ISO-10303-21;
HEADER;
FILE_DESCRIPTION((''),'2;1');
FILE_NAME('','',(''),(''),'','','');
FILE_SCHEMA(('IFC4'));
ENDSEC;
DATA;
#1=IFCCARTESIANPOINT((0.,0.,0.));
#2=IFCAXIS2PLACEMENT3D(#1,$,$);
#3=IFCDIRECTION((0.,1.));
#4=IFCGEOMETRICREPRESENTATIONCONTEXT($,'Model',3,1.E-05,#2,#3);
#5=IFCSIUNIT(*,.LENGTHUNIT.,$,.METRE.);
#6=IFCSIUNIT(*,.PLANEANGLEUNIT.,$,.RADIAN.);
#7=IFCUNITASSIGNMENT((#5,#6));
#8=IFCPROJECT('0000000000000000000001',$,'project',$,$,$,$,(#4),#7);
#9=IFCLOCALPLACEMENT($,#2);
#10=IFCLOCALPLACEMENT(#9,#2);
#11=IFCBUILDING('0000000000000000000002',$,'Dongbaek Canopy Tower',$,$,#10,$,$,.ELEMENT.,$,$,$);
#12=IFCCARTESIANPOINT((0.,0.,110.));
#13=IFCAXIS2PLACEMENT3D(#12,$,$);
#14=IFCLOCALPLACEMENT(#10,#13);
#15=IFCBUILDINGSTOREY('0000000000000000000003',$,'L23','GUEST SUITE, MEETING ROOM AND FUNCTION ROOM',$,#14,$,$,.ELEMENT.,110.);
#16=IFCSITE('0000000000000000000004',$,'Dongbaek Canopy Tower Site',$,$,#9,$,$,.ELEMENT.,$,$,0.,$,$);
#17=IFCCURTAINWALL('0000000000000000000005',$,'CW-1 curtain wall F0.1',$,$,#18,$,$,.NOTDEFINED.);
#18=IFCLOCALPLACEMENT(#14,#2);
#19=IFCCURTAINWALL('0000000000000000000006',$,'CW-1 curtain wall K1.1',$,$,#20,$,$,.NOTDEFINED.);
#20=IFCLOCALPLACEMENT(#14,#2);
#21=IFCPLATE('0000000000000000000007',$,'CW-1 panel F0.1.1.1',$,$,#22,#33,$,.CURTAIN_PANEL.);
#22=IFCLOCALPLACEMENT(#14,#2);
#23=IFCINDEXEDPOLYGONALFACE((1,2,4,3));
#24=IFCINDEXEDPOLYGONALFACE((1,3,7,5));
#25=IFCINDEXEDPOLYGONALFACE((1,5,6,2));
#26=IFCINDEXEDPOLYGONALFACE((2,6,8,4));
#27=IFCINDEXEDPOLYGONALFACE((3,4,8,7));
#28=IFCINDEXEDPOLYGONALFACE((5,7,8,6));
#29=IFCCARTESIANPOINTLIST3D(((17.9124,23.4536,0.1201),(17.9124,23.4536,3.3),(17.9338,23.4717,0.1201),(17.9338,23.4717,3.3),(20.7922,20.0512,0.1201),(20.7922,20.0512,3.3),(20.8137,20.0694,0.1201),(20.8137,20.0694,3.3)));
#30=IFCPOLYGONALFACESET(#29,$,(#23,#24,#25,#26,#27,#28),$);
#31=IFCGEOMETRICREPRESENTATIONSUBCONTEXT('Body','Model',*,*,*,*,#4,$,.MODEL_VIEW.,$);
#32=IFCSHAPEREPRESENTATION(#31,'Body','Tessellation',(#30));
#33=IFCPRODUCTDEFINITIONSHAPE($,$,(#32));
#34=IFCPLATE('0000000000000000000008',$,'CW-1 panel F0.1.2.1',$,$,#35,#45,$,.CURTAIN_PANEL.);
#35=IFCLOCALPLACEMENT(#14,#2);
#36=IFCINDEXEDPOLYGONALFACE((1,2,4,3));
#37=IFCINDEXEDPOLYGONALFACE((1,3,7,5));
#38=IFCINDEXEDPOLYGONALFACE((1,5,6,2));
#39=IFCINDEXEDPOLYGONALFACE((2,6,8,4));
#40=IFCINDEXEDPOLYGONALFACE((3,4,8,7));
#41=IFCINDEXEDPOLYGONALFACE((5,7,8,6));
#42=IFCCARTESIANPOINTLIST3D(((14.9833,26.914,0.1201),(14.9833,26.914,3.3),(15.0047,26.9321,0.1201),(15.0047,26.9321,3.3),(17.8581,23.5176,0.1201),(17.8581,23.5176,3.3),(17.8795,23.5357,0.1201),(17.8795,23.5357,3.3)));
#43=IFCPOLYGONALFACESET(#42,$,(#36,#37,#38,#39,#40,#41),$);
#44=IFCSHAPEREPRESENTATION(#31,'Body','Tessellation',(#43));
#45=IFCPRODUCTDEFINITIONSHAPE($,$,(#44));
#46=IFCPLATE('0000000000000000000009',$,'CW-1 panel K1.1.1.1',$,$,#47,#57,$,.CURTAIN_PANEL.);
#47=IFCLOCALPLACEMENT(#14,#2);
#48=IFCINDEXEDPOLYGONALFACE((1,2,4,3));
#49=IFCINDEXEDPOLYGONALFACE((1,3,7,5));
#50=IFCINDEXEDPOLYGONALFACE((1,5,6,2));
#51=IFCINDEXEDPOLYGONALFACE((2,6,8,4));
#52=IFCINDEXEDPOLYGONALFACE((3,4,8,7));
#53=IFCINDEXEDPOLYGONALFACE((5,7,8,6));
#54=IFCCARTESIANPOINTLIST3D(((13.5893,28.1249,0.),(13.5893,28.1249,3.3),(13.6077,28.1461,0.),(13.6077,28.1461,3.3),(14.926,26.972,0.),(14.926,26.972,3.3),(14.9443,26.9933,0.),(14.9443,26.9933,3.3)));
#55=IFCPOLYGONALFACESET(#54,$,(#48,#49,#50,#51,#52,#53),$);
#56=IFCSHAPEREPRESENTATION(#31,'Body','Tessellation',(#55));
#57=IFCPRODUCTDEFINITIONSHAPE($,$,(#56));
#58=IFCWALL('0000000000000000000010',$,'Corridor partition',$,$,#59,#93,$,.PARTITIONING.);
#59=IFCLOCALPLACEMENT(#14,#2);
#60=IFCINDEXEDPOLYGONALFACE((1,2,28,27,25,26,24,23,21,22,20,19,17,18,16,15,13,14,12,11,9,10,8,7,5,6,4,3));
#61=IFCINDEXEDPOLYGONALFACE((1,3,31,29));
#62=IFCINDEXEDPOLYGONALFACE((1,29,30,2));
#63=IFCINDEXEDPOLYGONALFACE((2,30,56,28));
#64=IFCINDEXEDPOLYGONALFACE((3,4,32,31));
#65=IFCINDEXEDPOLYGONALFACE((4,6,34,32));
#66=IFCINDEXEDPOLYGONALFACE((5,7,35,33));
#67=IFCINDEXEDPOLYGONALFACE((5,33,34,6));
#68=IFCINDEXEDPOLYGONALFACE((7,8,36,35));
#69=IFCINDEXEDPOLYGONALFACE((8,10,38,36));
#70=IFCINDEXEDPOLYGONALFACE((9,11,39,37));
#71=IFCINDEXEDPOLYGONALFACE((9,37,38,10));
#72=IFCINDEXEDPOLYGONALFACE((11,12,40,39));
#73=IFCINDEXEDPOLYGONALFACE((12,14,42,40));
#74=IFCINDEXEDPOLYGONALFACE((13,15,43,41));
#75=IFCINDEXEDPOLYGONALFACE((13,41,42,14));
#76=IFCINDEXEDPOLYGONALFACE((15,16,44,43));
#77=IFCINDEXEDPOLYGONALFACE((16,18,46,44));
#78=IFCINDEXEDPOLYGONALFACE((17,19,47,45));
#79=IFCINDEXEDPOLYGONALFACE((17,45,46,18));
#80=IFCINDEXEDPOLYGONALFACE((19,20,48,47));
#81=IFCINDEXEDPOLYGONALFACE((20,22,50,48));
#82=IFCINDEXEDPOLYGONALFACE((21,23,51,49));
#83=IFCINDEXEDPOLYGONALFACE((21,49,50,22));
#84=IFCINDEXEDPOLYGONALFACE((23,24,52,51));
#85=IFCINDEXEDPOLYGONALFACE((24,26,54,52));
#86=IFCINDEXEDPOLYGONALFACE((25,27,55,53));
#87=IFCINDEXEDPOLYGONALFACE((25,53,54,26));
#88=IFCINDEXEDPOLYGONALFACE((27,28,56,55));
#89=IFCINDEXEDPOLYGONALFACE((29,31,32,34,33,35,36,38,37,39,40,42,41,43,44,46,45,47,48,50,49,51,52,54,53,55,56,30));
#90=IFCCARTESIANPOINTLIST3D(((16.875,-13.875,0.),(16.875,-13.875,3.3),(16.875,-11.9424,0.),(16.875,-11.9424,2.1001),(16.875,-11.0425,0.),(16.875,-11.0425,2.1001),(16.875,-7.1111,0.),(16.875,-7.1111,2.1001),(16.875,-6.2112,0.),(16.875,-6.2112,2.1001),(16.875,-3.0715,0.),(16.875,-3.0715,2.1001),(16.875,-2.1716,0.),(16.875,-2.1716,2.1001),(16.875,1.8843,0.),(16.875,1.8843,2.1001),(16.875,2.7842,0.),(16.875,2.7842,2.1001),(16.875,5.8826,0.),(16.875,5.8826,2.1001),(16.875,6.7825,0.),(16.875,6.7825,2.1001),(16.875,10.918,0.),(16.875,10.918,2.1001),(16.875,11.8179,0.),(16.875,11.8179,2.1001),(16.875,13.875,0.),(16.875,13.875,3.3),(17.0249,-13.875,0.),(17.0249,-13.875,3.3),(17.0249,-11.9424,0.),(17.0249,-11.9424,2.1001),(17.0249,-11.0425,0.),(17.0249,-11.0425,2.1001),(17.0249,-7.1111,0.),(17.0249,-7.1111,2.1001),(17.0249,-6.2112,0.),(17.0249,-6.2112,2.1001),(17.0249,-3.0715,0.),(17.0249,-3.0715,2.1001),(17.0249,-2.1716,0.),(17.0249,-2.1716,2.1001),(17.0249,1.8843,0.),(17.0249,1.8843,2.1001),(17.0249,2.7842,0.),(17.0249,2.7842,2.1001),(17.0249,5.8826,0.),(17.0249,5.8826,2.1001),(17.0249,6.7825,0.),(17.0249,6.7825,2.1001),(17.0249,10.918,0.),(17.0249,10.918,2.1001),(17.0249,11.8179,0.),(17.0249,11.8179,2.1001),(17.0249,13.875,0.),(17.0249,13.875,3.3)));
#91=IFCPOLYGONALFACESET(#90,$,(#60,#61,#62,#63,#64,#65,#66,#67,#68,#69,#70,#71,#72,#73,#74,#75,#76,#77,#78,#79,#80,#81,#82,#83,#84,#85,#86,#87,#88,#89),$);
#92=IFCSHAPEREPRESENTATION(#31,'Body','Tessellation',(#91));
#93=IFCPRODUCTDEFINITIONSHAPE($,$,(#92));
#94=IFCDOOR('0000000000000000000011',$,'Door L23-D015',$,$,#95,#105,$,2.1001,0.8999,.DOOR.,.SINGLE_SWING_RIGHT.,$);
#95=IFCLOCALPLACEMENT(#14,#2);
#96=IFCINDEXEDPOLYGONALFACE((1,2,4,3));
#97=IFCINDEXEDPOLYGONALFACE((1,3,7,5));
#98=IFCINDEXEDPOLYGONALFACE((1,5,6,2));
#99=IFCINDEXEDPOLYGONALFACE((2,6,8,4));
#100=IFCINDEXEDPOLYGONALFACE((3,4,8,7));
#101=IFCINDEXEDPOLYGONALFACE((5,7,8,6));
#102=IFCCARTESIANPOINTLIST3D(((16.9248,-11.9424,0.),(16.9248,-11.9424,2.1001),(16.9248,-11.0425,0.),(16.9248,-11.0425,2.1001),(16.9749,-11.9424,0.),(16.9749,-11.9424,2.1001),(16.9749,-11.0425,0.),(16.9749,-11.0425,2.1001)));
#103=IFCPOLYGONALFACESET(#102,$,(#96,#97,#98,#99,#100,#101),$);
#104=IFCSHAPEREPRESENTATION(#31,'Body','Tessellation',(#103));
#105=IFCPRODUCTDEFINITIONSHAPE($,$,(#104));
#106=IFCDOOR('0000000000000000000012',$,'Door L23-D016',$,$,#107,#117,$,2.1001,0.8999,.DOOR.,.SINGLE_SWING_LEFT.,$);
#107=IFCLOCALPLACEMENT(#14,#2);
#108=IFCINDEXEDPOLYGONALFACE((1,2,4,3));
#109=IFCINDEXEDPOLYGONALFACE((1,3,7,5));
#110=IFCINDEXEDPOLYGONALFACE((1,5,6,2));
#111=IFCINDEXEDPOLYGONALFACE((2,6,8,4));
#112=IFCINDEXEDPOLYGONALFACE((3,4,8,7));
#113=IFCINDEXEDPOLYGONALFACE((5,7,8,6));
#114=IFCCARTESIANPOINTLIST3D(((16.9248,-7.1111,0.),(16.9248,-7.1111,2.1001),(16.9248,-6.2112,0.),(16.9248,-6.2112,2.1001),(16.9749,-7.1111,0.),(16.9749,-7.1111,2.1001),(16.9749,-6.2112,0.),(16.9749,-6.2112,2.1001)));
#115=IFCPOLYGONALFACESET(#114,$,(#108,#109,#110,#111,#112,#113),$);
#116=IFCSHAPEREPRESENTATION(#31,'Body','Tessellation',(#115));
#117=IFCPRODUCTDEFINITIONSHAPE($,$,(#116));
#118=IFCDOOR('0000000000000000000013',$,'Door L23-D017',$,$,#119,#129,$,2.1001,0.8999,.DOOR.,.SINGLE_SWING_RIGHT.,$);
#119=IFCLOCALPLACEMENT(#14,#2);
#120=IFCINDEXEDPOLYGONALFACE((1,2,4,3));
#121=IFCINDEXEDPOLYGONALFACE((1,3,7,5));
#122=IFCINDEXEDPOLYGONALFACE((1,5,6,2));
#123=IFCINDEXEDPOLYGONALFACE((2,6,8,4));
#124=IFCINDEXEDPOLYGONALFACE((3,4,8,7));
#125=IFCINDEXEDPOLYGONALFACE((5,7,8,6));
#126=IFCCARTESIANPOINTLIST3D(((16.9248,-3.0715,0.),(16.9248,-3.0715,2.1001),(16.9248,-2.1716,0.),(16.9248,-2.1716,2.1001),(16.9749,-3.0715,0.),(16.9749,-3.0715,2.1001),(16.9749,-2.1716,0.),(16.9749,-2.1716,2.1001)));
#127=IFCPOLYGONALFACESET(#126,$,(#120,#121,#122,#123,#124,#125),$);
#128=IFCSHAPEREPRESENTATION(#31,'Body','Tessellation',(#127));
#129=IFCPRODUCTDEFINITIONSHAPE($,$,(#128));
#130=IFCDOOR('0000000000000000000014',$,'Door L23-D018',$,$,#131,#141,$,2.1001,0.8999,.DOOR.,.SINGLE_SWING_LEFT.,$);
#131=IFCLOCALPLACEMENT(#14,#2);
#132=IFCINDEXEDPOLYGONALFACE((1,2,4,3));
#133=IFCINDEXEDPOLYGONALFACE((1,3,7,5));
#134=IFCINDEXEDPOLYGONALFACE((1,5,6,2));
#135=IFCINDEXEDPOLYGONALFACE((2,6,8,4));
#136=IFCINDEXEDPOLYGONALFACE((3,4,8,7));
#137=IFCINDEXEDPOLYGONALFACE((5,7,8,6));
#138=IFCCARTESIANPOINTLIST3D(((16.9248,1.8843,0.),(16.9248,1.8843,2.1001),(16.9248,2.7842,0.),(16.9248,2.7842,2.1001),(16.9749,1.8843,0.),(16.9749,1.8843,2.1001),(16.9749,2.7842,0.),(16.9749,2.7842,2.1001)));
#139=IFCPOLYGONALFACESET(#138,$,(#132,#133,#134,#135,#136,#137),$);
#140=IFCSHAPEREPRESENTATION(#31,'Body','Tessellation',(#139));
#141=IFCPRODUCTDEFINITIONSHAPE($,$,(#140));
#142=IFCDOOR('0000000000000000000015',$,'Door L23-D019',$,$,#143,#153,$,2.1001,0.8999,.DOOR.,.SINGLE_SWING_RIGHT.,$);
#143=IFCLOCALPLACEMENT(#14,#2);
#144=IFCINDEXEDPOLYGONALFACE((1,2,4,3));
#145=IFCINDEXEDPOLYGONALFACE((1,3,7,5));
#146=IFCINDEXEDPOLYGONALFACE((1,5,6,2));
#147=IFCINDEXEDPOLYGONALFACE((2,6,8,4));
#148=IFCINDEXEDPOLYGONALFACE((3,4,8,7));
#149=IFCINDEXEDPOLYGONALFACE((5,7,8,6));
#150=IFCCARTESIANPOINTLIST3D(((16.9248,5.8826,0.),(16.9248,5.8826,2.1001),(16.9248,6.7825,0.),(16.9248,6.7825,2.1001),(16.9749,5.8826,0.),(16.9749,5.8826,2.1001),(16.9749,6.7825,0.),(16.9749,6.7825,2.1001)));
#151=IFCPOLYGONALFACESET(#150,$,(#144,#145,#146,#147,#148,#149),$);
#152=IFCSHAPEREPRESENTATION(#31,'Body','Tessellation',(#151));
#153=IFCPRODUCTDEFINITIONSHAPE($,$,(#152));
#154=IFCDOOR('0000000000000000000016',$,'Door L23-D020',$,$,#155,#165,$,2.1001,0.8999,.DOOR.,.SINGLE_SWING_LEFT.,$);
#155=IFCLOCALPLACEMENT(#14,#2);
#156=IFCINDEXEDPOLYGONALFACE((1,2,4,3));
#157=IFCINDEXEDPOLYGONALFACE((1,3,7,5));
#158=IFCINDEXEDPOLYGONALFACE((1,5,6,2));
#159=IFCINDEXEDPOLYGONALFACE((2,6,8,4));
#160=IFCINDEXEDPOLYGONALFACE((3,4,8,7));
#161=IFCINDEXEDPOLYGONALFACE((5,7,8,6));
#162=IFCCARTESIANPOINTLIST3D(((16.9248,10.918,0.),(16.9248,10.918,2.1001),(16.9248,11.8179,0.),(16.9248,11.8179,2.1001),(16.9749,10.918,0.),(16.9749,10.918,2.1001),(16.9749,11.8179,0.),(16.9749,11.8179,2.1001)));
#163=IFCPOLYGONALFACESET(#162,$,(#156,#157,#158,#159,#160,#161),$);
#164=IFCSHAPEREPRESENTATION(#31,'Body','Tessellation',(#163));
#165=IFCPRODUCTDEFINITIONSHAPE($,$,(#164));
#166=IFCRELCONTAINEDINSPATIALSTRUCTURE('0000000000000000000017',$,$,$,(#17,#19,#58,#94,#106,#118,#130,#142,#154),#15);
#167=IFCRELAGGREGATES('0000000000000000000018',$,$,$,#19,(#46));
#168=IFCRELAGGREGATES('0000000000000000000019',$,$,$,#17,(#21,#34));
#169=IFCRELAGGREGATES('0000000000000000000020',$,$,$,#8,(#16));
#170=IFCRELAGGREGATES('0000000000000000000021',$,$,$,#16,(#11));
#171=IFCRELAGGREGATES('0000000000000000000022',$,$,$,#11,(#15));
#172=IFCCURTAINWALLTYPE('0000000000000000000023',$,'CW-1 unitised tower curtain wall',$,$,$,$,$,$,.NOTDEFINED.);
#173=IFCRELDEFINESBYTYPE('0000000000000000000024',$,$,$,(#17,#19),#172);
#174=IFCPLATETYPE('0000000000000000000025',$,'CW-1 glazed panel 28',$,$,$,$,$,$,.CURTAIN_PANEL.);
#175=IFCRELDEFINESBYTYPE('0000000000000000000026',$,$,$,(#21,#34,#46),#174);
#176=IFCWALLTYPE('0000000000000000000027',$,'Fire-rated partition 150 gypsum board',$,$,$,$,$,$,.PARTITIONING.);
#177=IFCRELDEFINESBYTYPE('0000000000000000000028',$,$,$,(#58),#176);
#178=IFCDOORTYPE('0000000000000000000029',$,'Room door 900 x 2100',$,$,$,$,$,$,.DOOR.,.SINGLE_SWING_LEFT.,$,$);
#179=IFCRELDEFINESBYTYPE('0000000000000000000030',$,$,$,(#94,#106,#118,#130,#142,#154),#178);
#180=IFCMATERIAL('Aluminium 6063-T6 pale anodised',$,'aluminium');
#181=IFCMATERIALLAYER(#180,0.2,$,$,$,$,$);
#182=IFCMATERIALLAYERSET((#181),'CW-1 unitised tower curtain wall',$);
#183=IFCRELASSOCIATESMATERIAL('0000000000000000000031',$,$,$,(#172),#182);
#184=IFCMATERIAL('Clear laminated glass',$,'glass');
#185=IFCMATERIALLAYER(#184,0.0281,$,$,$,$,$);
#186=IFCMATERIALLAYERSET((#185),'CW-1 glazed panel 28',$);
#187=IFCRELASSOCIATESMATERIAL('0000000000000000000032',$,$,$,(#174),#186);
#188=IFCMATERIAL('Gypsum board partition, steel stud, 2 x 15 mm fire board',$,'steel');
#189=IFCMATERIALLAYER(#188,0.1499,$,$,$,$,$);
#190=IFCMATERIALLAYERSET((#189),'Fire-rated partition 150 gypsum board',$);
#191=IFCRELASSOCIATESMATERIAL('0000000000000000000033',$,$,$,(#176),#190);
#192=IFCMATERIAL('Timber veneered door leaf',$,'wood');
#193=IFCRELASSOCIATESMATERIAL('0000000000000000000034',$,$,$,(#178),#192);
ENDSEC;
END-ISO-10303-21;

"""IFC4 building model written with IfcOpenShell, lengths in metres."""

from ifc_helpers import new_model, si_unit, direction, frame, frame_2d, origin, origin_2d, place, context, subcontext, project, spatial, rectangle, extrude, material, layer, layer_set, type_object, element, fill, aggregate, save


model = new_model("IFC4")

# Units and contexts
model_context = context("Model", 3, precision=1e-05, world=origin(), true_north=direction((0.0, 1.0)))
body_context = subcontext(model_context, "Body", "Model", "MODEL_VIEW")
ifc_project = project(units=[si_unit("LENGTHUNIT", "METRE"), si_unit("PLANEANGLEUNIT", "RADIAN")], contexts=[model_context])

# Site, building, storey
site_placement = place(None, origin())
site = spatial("IfcSite", under=ifc_project, at=site_placement, Name="Dongbaek Canopy Tower Site", CompositionType="ELEMENT", RefElevation=0.0)
building_placement = place(site_placement, origin())
building = spatial("IfcBuilding", under=site, at=building_placement, Name="Dongbaek Canopy Tower", CompositionType="ELEMENT")
storey_placement = place(building_placement, frame((0.0, 0.0, 110.0)))
storey = spatial("IfcBuildingStorey", under=building, at=storey_placement, Name="L23", Description="GUEST SUITE, MEETING ROOM AND FUNCTION ROOM", CompositionType="ELEMENT", Elevation=110.0)

# Curtain wall
ifc_material_1 = material(Name="Aluminium 6063-T6 pale anodised", Category="aluminium")
ifc_layer_1 = layer(ifc_material_1, 0.2)
ifc_layer_set_1 = layer_set([ifc_layer_1], Name="CW-1 unitised tower curtain wall")
curtain_wall_type = type_object("IfcCurtainWallType", Name="CW-1 unitised tower curtain wall", PredefinedType="NOTDEFINED", material=ifc_layer_set_1)
curtain_wall_1_placement = place(storey_placement, origin())
curtain_wall_1 = element("IfcCurtainWall", 1, at=curtain_wall_1_placement, inside=storey, type_object=curtain_wall_type, Name="CW-1 curtain wall F0.1", PredefinedType="NOTDEFINED")

# Curtain wall
curtain_wall_2_placement = place(storey_placement, origin())
curtain_wall_2 = element("IfcCurtainWall", 2, at=curtain_wall_2_placement, inside=storey, type_object=curtain_wall_type, Name="CW-1 curtain wall K1.1", PredefinedType="NOTDEFINED")

# Plates
ifc_material_2 = material(Name="Clear laminated glass", Category="glass")
ifc_layer_2 = layer(ifc_material_2, 0.0281)
ifc_layer_set_2 = layer_set([ifc_layer_2], Name="CW-1 glazed panel 28")
plate_type = type_object("IfcPlateType", Name="CW-1 glazed panel 28", PredefinedType="CURTAIN_PANEL", material=ifc_layer_set_2)
plate_1_placement = place(storey_placement, frame((19.363, 21.7615, 0.1201), z_axis=(0.0, 0.0, 1.0), x_axis=(-0.646056, 0.76329, 0.0)))
plate_1 = element("IfcPlate", 3, at=plate_1_placement, type_object=plate_type, Name="CW-1 panel F0.1.1.1", PredefinedType="CURTAIN_PANEL", context=body_context, shape_type="SweptSolid", body=[
    extrude(rectangle(XDim=4.4575, YDim=0.0281, at=origin_2d()), origin(), (0.0, 0.0, 1.0), 3.1799),
])
plate_2_placement = place(storey_placement, frame((16.4314, 25.2249, 0.1201), z_axis=(0.0, 0.0, 1.0), x_axis=(-0.646056, 0.76329, 0.0)))
plate_2 = element("IfcPlate", 4, at=plate_2_placement, type_object=plate_type, Name="CW-1 panel F0.1.2.1", PredefinedType="CURTAIN_PANEL", context=body_context, shape_type="SweptSolid", body=[
    extrude(rectangle(XDim=4.4497, YDim=0.0281, at=origin_2d()), origin(), (0.0, 0.0, 1.0), 3.1799),
])
plate_3_placement = place(storey_placement, frame((14.2668, 27.5591, 0.0), z_axis=(0.0, 0.0, 1.0), x_axis=(-0.757258, 0.653115, 0.0)))
plate_3 = element("IfcPlate", 5, at=plate_3_placement, type_object=plate_type, Name="CW-1 panel K1.1.1.1", PredefinedType="CURTAIN_PANEL", context=body_context, shape_type="SweptSolid", body=[
    extrude(rectangle(XDim=1.7651, YDim=0.0281, at=origin_2d()), origin(), (0.0, 0.0, 1.0), 3.3),
])
aggregate(curtain_wall_2, [plate_3])

# Wall, openings, doors
ifc_material_3 = material(Name="Gypsum board partition, steel stud, 2 x 15 mm fire board", Category="steel")
ifc_layer_3 = layer(ifc_material_3, 0.1499)
ifc_layer_set_3 = layer_set([ifc_layer_3], Name="Fire-rated partition 150 gypsum board")
wall_type_1 = type_object("IfcWallType", Name="Fire-rated partition 150 gypsum board", PredefinedType="PARTITIONING", material=ifc_layer_set_3)
wall_1_placement = place(storey_placement, frame((16.95, 13.875, 0.0), z_axis=(0.0, 0.0, 1.0), x_axis=(0.0, -1.0, 0.0)))
wall_1 = element("IfcWall", 6, at=wall_1_placement, inside=storey, type_object=wall_type_1, Name="Corridor partition", PredefinedType="PARTITIONING", context=body_context, shape_type="SweptSolid", body=[
    extrude(rectangle(XDim=27.75, YDim=0.1499, at=frame_2d((13.875, 0.0))), origin(), (0.0, 0.0, 1.0), 3.3),
])
opening_1_placement = place(wall_1_placement, frame((24.9175, 0.0, 0.0)))
opening_1 = element("IfcOpeningElement", 7, at=opening_1_placement, cuts=wall_1, PredefinedType="OPENING", context=body_context, shape_type="SweptSolid", body=[
    extrude(rectangle(XDim=0.8999, YDim=2.1001, at=frame_2d((0.45, 1.05))), frame((0.0, 0.085, 0.0), z_axis=(0.0, -1.0, 0.0), x_axis=(1.0, 0.0, 0.0)), (0.0, 0.0, 1.0), 0.1699),
])
opening_2_placement = place(wall_1_placement, frame((20.0862, 0.0, 0.0)))
opening_2 = element("IfcOpeningElement", 8, at=opening_2_placement, cuts=wall_1, PredefinedType="OPENING", context=body_context, shape_type="SweptSolid", body=[
    extrude(rectangle(XDim=0.8999, YDim=2.1001, at=frame_2d((0.45, 1.05))), frame((0.0, 0.085, 0.0), z_axis=(0.0, -1.0, 0.0), x_axis=(1.0, 0.0, 0.0)), (0.0, 0.0, 1.0), 0.1699),
])
opening_3_placement = place(wall_1_placement, frame((16.0466, 0.0, 0.0)))
opening_3 = element("IfcOpeningElement", 9, at=opening_3_placement, cuts=wall_1, PredefinedType="OPENING", context=body_context, shape_type="SweptSolid", body=[
    extrude(rectangle(XDim=0.8999, YDim=2.1001, at=frame_2d((0.45, 1.05))), frame((0.0, 0.085, 0.0), z_axis=(0.0, -1.0, 0.0), x_axis=(1.0, 0.0, 0.0)), (0.0, 0.0, 1.0), 0.1699),
])
opening_4_placement = place(wall_1_placement, frame((11.0908, 0.0, 0.0)))
opening_4 = element("IfcOpeningElement", 10, at=opening_4_placement, cuts=wall_1, PredefinedType="OPENING", context=body_context, shape_type="SweptSolid", body=[
    extrude(rectangle(XDim=0.8999, YDim=2.1001, at=frame_2d((0.45, 1.05))), frame((0.0, 0.085, 0.0), z_axis=(0.0, -1.0, 0.0), x_axis=(1.0, 0.0, 0.0)), (0.0, 0.0, 1.0), 0.1699),
])
opening_5_placement = place(wall_1_placement, frame((7.0925, 0.0, 0.0)))
opening_5 = element("IfcOpeningElement", 11, at=opening_5_placement, cuts=wall_1, PredefinedType="OPENING", context=body_context, shape_type="SweptSolid", body=[
    extrude(rectangle(XDim=0.8999, YDim=2.1001, at=frame_2d((0.45, 1.05))), frame((0.0, 0.085, 0.0), z_axis=(0.0, -1.0, 0.0), x_axis=(1.0, 0.0, 0.0)), (0.0, 0.0, 1.0), 0.1699),
])
opening_6_placement = place(wall_1_placement, frame((2.0571, 0.0, 0.0)))
opening_6 = element("IfcOpeningElement", 12, at=opening_6_placement, cuts=wall_1, PredefinedType="OPENING", context=body_context, shape_type="SweptSolid", body=[
    extrude(rectangle(XDim=0.8999, YDim=2.1001, at=frame_2d((0.45, 1.05))), frame((0.0, 0.085, 0.0), z_axis=(0.0, -1.0, 0.0), x_axis=(1.0, 0.0, 0.0)), (0.0, 0.0, 1.0), 0.1699),
])
ifc_material_4 = material(Name="Timber veneered door leaf", Category="wood")
door_type_1 = type_object("IfcDoorType", Name="Room door 900 x 2100", OperationType="SINGLE_SWING_LEFT", PredefinedType="DOOR", material=ifc_material_4)
door_1_placement = place(opening_1_placement, origin())
door_1 = element("IfcDoor", 13, at=door_1_placement, inside=storey, type_object=door_type_1, Name="Door L23-D015", OperationType="SINGLE_SWING_RIGHT", OverallHeight=2.1001, OverallWidth=0.8999, PredefinedType="DOOR", context=body_context, shape_type="SweptSolid", body=[
    extrude(rectangle(XDim=0.8999, YDim=2.1001, at=frame_2d((0.45, 1.05))), frame((0.0, 0.0249, 0.0), z_axis=(0.0, -1.0, 0.0), x_axis=(1.0, 0.0, 0.0)), (0.0, 0.0, 1.0), 0.05),
])
fill(opening_1, door_1)
door_2_placement = place(opening_2_placement, origin())
door_2 = element("IfcDoor", 14, at=door_2_placement, inside=storey, type_object=door_type_1, Name="Door L23-D016", OperationType="SINGLE_SWING_LEFT", OverallHeight=2.1001, OverallWidth=0.8999, PredefinedType="DOOR", context=body_context, shape_type="SweptSolid", body=[
    extrude(rectangle(XDim=0.8999, YDim=2.1001, at=frame_2d((0.45, 1.05))), frame((0.0, 0.0249, 0.0), z_axis=(0.0, -1.0, 0.0), x_axis=(1.0, 0.0, 0.0)), (0.0, 0.0, 1.0), 0.05),
])
fill(opening_2, door_2)
door_3_placement = place(opening_3_placement, origin())
door_3 = element("IfcDoor", 15, at=door_3_placement, inside=storey, type_object=door_type_1, Name="Door L23-D017", OperationType="SINGLE_SWING_RIGHT", OverallHeight=2.1001, OverallWidth=0.8999, PredefinedType="DOOR", context=body_context, shape_type="SweptSolid", body=[
    extrude(rectangle(XDim=0.8999, YDim=2.1001, at=frame_2d((0.45, 1.05))), frame((0.0, 0.0249, 0.0), z_axis=(0.0, -1.0, 0.0), x_axis=(1.0, 0.0, 0.0)), (0.0, 0.0, 1.0), 0.05),
])
fill(opening_3, door_3)
door_4_placement = place(opening_4_placement, origin())
door_4 = element("IfcDoor", 16, at=door_4_placement, inside=storey, type_object=door_type_1, Name="Door L23-D018", OperationType="SINGLE_SWING_LEFT", OverallHeight=2.1001, OverallWidth=0.8999, PredefinedType="DOOR", context=body_context, shape_type="SweptSolid", body=[
    extrude(rectangle(XDim=0.8999, YDim=2.1001, at=frame_2d((0.45, 1.05))), frame((0.0, 0.0249, 0.0), z_axis=(0.0, -1.0, 0.0), x_axis=(1.0, 0.0, 0.0)), (0.0, 0.0, 1.0), 0.05),
])
fill(opening_4, door_4)
door_5_placement = place(opening_5_placement, origin())
door_5 = element("IfcDoor", 17, at=door_5_placement, inside=storey, type_object=door_type_1, Name="Door L23-D019", OperationType="SINGLE_SWING_RIGHT", OverallHeight=2.1001, OverallWidth=0.8999, PredefinedType="DOOR", context=body_context, shape_type="SweptSolid", body=[
    extrude(rectangle(XDim=0.8999, YDim=2.1001, at=frame_2d((0.45, 1.05))), frame((0.0, 0.0249, 0.0), z_axis=(0.0, -1.0, 0.0), x_axis=(1.0, 0.0, 0.0)), (0.0, 0.0, 1.0), 0.05),
])
fill(opening_5, door_5)
door_6_placement = place(opening_6_placement, origin())
door_6 = element("IfcDoor", 18, at=door_6_placement, inside=storey, type_object=door_type_1, Name="Door L23-D020", OperationType="SINGLE_SWING_LEFT", OverallHeight=2.1001, OverallWidth=0.8999, PredefinedType="DOOR", context=body_context, shape_type="SweptSolid", body=[
    extrude(rectangle(XDim=0.8999, YDim=2.1001, at=frame_2d((0.45, 1.05))), frame((0.0, 0.0249, 0.0), z_axis=(0.0, -1.0, 0.0), x_axis=(1.0, 0.0, 0.0)), (0.0, 0.0, 1.0), 0.05),
])
fill(opening_6, door_6)

aggregate(curtain_wall_1, [plate_1, plate_2])

save(model, "model.ifc")
